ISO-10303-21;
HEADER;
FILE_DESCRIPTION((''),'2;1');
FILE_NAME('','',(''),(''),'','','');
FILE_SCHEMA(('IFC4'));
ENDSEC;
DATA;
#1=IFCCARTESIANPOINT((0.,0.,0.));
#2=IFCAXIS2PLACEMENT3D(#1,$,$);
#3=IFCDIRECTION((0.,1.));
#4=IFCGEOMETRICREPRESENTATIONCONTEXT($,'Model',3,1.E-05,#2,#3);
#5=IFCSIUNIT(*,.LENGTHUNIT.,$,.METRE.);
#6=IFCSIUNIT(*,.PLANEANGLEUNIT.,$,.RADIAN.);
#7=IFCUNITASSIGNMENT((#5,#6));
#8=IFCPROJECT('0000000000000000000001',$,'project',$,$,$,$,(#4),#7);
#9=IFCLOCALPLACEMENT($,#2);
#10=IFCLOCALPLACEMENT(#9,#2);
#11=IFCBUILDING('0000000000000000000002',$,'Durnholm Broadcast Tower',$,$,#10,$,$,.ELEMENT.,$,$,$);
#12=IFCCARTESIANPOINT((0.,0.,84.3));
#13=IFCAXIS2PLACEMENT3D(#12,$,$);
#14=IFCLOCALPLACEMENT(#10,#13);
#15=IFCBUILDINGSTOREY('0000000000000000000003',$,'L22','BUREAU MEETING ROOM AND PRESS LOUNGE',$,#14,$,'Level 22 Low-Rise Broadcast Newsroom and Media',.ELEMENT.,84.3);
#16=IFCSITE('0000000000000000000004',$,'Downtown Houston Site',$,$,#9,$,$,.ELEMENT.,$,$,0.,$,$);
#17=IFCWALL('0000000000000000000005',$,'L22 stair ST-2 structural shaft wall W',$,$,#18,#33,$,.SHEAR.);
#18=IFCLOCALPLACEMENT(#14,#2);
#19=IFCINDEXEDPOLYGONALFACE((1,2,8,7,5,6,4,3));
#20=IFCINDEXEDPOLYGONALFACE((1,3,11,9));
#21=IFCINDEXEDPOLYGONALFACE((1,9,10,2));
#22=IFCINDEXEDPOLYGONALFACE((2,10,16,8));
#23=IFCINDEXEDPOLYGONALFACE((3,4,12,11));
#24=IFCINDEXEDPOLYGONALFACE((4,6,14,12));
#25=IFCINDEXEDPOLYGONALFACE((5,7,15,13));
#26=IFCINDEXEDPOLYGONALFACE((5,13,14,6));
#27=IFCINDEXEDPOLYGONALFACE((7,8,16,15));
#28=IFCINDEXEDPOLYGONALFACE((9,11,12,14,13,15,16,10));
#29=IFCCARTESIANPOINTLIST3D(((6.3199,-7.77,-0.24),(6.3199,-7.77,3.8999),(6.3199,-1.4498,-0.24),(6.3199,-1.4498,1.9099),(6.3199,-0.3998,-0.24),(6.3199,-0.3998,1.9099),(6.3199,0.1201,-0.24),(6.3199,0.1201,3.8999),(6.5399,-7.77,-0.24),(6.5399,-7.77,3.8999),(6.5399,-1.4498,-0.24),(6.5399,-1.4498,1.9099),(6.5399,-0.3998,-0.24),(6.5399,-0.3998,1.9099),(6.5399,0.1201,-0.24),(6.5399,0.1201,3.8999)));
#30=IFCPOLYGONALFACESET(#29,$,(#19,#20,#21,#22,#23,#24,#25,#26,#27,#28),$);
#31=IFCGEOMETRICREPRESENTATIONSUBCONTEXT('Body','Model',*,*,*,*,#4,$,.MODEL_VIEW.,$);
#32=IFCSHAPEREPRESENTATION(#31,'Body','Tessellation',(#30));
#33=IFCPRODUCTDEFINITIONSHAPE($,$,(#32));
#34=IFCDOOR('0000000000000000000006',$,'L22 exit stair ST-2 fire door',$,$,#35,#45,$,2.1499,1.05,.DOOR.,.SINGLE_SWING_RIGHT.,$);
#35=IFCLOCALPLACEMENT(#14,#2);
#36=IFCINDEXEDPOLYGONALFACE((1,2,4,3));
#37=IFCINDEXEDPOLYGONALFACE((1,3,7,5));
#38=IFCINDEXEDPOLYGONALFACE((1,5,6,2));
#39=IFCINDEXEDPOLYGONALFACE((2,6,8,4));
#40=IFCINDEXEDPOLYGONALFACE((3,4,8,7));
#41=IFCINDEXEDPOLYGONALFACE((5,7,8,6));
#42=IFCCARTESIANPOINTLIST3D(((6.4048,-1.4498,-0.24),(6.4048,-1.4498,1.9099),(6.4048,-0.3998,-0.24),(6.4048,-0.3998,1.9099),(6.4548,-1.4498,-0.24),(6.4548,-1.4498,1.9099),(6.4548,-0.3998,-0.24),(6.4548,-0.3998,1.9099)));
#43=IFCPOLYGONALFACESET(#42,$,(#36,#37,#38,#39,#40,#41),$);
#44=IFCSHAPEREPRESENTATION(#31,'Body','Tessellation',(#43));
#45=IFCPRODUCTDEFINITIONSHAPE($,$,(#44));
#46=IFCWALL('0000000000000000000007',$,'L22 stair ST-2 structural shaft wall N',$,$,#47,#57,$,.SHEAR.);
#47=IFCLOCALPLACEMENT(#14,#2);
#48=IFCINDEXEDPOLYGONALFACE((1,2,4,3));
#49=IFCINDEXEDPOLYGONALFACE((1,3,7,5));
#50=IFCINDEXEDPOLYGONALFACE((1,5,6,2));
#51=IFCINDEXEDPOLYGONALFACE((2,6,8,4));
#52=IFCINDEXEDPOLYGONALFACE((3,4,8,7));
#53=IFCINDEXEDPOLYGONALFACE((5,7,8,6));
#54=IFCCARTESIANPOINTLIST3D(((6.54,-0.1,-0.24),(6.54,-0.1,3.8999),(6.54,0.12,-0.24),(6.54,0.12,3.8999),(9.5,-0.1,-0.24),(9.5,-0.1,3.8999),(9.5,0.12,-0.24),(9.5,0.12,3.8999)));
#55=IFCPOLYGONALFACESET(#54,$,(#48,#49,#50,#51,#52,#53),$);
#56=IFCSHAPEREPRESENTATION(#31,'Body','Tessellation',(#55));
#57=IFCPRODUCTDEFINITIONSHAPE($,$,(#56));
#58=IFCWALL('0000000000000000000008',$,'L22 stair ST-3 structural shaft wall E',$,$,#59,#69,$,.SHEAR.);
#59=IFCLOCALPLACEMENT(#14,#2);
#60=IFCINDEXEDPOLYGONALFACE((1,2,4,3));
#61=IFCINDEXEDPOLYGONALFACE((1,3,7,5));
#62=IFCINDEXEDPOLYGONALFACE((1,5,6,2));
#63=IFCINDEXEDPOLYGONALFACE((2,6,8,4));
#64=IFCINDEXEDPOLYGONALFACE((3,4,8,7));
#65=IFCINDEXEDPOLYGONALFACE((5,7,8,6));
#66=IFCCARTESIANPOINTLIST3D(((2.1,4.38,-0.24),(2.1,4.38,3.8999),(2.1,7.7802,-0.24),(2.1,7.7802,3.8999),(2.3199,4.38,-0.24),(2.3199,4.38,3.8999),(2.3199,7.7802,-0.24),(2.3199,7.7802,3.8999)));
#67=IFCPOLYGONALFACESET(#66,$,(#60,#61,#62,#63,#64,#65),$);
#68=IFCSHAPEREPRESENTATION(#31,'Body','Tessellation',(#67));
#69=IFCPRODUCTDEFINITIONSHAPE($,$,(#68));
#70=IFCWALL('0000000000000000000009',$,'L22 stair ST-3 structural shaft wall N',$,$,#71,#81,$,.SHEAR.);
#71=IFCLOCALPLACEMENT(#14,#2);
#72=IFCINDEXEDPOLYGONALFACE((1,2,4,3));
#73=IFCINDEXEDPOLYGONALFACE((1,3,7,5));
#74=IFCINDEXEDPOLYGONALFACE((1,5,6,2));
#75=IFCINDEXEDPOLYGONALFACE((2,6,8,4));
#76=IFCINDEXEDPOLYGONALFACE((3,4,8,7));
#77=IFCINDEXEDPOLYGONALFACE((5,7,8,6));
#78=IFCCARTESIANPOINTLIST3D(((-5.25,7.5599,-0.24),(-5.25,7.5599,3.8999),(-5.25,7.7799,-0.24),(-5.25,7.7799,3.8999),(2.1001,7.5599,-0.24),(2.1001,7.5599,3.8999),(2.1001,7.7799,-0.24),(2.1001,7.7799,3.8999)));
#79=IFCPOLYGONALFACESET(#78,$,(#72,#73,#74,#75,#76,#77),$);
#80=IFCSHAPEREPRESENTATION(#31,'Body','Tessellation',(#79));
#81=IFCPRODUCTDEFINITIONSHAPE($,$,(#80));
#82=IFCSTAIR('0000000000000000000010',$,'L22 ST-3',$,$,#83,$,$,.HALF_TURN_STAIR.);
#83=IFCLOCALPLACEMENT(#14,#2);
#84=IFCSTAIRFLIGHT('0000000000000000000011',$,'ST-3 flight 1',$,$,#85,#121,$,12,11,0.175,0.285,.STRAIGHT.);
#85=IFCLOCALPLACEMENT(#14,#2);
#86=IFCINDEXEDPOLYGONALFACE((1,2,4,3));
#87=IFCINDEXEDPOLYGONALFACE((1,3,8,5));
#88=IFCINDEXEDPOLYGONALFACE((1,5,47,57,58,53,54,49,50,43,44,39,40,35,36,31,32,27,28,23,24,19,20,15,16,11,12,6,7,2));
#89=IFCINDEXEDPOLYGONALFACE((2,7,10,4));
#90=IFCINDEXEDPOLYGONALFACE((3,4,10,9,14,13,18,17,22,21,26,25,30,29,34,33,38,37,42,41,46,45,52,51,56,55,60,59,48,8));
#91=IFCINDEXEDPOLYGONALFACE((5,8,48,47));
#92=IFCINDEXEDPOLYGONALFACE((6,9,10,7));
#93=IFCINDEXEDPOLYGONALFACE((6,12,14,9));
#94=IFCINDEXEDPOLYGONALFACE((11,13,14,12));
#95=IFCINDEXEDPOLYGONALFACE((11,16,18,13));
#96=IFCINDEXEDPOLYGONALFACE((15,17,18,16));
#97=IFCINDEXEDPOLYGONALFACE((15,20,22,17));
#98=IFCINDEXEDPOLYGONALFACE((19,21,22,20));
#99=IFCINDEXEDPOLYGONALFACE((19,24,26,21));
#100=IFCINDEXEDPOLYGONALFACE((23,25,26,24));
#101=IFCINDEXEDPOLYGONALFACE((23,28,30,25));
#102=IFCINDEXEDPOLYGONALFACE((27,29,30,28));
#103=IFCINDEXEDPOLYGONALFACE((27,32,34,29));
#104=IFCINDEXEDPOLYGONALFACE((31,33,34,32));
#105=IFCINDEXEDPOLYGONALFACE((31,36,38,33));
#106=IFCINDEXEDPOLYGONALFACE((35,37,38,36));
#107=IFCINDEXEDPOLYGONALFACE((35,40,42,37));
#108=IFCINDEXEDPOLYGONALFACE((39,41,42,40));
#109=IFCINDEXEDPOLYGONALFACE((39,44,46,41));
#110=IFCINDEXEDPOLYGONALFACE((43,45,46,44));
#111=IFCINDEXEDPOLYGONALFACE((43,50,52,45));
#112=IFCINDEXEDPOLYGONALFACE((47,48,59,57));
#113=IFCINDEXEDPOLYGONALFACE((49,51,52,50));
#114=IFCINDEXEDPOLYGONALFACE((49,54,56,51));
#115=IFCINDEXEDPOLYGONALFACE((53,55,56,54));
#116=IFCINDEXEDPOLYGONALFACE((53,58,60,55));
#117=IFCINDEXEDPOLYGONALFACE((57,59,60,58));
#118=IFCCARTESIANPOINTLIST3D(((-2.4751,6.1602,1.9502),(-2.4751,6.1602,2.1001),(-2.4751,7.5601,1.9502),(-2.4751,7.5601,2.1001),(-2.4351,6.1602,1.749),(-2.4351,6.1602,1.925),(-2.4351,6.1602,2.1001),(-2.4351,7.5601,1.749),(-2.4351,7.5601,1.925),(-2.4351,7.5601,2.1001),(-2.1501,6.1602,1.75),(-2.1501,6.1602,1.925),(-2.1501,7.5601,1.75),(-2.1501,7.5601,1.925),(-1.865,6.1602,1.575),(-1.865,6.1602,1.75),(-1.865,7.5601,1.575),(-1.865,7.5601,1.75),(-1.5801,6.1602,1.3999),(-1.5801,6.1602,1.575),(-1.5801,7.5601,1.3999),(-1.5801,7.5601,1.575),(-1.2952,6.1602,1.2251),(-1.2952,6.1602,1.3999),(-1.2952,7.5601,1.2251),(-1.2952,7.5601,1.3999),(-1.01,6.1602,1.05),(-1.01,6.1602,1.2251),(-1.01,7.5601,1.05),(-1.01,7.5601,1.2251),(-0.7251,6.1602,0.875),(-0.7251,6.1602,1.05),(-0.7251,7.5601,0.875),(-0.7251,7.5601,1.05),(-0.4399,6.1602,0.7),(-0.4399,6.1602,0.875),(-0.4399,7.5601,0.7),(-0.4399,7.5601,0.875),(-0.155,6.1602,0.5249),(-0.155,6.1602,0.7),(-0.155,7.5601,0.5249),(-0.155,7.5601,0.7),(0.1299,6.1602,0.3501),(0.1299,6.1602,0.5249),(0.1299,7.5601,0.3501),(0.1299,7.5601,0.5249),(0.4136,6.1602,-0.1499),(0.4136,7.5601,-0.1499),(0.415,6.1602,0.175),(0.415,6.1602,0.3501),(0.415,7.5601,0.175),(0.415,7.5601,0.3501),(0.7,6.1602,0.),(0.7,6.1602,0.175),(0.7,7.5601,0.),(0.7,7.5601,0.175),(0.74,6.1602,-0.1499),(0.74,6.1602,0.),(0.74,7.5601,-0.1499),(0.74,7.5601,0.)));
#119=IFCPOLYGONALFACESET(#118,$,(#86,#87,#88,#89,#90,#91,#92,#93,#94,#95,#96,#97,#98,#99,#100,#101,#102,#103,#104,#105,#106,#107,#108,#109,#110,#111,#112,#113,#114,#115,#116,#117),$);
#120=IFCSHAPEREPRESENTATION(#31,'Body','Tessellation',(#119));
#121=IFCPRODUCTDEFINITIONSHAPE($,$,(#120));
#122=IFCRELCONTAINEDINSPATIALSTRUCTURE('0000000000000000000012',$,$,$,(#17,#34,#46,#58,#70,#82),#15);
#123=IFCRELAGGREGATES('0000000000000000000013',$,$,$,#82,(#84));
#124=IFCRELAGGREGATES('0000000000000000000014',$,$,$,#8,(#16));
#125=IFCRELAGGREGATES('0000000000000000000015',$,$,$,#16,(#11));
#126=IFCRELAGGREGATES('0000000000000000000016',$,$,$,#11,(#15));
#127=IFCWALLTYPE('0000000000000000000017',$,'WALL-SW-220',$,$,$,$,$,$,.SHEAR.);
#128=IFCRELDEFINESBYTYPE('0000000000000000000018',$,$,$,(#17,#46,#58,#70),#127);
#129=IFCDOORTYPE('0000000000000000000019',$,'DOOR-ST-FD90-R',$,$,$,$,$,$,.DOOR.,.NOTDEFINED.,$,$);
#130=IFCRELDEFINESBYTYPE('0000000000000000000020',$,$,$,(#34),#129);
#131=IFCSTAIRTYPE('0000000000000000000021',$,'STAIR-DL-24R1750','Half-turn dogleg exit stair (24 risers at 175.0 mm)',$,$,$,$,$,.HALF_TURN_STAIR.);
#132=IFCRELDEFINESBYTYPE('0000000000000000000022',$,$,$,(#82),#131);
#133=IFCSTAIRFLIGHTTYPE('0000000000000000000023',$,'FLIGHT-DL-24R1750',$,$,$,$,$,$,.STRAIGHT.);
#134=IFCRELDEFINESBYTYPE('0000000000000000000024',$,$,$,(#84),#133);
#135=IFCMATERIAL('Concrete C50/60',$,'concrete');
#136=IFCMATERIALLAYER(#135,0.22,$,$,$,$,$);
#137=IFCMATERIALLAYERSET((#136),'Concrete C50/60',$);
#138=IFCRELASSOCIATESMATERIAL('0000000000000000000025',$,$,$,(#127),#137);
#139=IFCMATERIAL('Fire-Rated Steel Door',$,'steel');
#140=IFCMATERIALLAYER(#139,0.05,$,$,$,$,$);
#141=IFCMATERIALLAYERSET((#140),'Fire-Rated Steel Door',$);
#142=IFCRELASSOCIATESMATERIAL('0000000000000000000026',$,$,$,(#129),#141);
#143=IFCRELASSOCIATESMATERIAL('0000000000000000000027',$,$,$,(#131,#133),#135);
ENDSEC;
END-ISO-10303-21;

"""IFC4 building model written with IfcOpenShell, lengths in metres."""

from ifc_helpers import new_model, si_unit, direction, frame, frame_2d, origin, place, context, subcontext, project, spatial, polyline, rectangle, outline, extrude, source, transform, mapped, material, layer, layer_set, type_object, type_shapes, element, fill, aggregate, save


model = new_model("IFC4")

# Units and contexts
model_context = context("Model", 3, precision=1e-05, world=origin(), true_north=direction((0.0, 1.0)))
body_context = subcontext(model_context, "Body", "Model", "MODEL_VIEW")
ifc_project = project(units=[si_unit("LENGTHUNIT", "METRE"), si_unit("PLANEANGLEUNIT", "RADIAN")], contexts=[model_context])

# Site, building, storey
site_placement = place(None, origin())
site = spatial("IfcSite", under=ifc_project, at=site_placement, Name="Downtown Houston Site", CompositionType="ELEMENT", RefElevation=0.0)
building_placement = place(site_placement, origin())
building = spatial("IfcBuilding", under=site, at=building_placement, Name="Durnholm Broadcast Tower", CompositionType="ELEMENT")
storey_placement = place(building_placement, frame((0.0, 0.0, 84.3)))
storey = spatial("IfcBuildingStorey", under=building, at=storey_placement, Name="L22", Description="BUREAU MEETING ROOM AND PRESS LOUNGE", LongName="Level 22 Low-Rise Broadcast Newsroom and Media", CompositionType="ELEMENT", Elevation=84.3)

# Wall, opening, door
ifc_material_1 = material(Name="Concrete C50/60", Category="concrete")
ifc_layer_1 = layer(ifc_material_1, 0.22)
ifc_layer_set_1 = layer_set([ifc_layer_1], Name="Concrete C50/60")
wall_type_1 = type_object("IfcWallType", Name="WALL-SW-220", PredefinedType="SHEAR", material=ifc_layer_set_1)
wall_1_placement = place(storey_placement, frame((6.4299, 0.1201, -0.24), z_axis=(0.0, 0.0, 1.0), x_axis=(0.0, -1.0, 0.0)))
wall_1 = element("IfcWall", 1, at=wall_1_placement, inside=storey, type_object=wall_type_1, Name="L22 stair ST-2 structural shaft wall W", PredefinedType="SHEAR", context=body_context, shape_type="SweptSolid", body=[
    extrude(rectangle(XDim=7.8901, YDim=0.22, at=frame_2d((3.9451, 0.0))), origin(), (0.0, 0.0, 1.0), 4.1399),
])
opening_1_placement = place(wall_1_placement, frame((0.52, 0.0, 0.0)))
opening_1 = element("IfcOpeningElement", 2, at=opening_1_placement, cuts=wall_1, PredefinedType="OPENING", context=body_context, shape_type="SweptSolid", body=[
    extrude(rectangle(XDim=1.05, YDim=2.1499, at=frame_2d((0.5249, 1.075))), frame((0.0, 0.1201, 0.0), z_axis=(0.0, -1.0, 0.0), x_axis=(1.0, 0.0, 0.0)), (0.0, 0.0, 1.0), 0.24),
])
ifc_material_2 = material(Name="Fire-Rated Steel Door", Category="steel")
ifc_layer_2 = layer(ifc_material_2, 0.05)
ifc_layer_set_2 = layer_set([ifc_layer_2], Name="Fire-Rated Steel Door")
door_type_1 = type_object("IfcDoorType", Name="DOOR-ST-FD90-R", OperationType="NOTDEFINED", PredefinedType="DOOR", material=ifc_layer_set_2)
shared_shape_1 = source(origin(), body_context, "Body", "SweptSolid", [
    extrude(rectangle(XDim=1.05, YDim=2.1499, at=frame_2d((0.5249, 1.075))), frame((0.0, 0.0249, 0.0), z_axis=(0.0, -1.0, 0.0), x_axis=(1.0, 0.0, 0.0)), (0.0, 0.0, 1.0), 0.05),
])
type_shapes(door_type_1, [shared_shape_1])
door_1_placement = place(opening_1_placement, origin())
door_1 = element("IfcDoor", 3, at=door_1_placement, inside=storey, type_object=door_type_1, Name="L22 exit stair ST-2 fire door", OperationType="SINGLE_SWING_RIGHT", OverallHeight=2.1499, OverallWidth=1.05, PredefinedType="DOOR", context=body_context, shape_type="MappedRepresentation", body=[
    mapped(shared_shape_1, transform((0.0, 0.0, 0.0), x_axis=(1.0, 0.0, 0.0), y_axis=(0.0, 1.0, 0.0), z_axis=(0.0, 0.0, 1.0), scale=1.0)),
])
fill(opening_1, door_1)

# Walls
wall_2_placement = place(storey_placement, frame((9.5, 0.01, -0.24), z_axis=(0.0, 0.0, 1.0), x_axis=(-1.0, 0.0, 0.0)))
element("IfcWall", 4, at=wall_2_placement, inside=storey, type_object=wall_type_1, Name="L22 stair ST-2 structural shaft wall N", PredefinedType="SHEAR", context=body_context, shape_type="SweptSolid", body=[
    extrude(rectangle(XDim=2.96, YDim=0.22, at=frame_2d((1.48, 0.0))), origin(), (0.0, 0.0, 1.0), 4.1399),
])
wall_3_placement = place(storey_placement, frame((2.21, 4.3799, -0.24), z_axis=(0.0, 0.0, 1.0), x_axis=(0.0, 1.0, 0.0)))
element("IfcWall", 5, at=wall_3_placement, inside=storey, type_object=wall_type_1, Name="L22 stair ST-3 structural shaft wall E", PredefinedType="SHEAR", context=body_context, shape_type="SweptSolid", body=[
    extrude(rectangle(XDim=3.4001, YDim=0.22, at=frame_2d((1.7002, 0.0))), origin(), (0.0, 0.0, 1.0), 4.1399),
])
wall_4_placement = place(storey_placement, frame((2.1001, 7.6699, -0.24), z_axis=(0.0, 0.0, 1.0), x_axis=(-1.0, 0.0, 0.0)))
element("IfcWall", 6, at=wall_4_placement, inside=storey, type_object=wall_type_1, Name="L22 stair ST-3 structural shaft wall N", PredefinedType="SHEAR", context=body_context, shape_type="SweptSolid", body=[
    extrude(rectangle(XDim=7.3501, YDim=0.22, at=frame_2d((3.675, 0.0))), origin(), (0.0, 0.0, 1.0), 4.1399),
])

# Stair, stair flight
stair_type = type_object("IfcStairType", Name="STAIR-DL-24R1750", Description="Half-turn dogleg exit stair (24 risers at 175.0 mm)", PredefinedType="HALF_TURN_STAIR", material=ifc_material_1)
stair_placement = place(storey_placement, origin())
stair = element("IfcStair", 7, at=stair_placement, inside=storey, type_object=stair_type, Name="L22 ST-3", PredefinedType="HALF_TURN_STAIR")
stair_flight_type = type_object("IfcStairFlightType", Name="FLIGHT-DL-24R1750", PredefinedType="STRAIGHT", material=ifc_material_1)
stair_flight_placement = place(storey_placement, frame((0.7, 6.8601, 0.0), z_axis=(0.0, 0.0, 1.0), x_axis=(-1.0, 0.0, 0.0)))
stair_flight = element("IfcStairFlight", 8, at=stair_flight_placement, type_object=stair_flight_type, Name="ST-3 flight 1", NumberOfRisers=12, NumberOfTreads=11, PredefinedType="STRAIGHT", RiserHeight=0.175, TreadLength=0.285, context=body_context, shape_type="SweptSolid", body=[
    extrude(outline(polyline([(-0.04, -0.1499), (-0.04, 0.0), (0.0, 0.0), (0.0, 0.175), (0.2849, 0.175), (0.2849, 0.3501), (0.5701, 0.3501), (0.5701, 0.5249), (0.855, 0.5249), (0.855, 0.7), (1.1399, 0.7), (1.1399, 0.875), (1.425, 0.875), (1.425, 1.05), (1.71, 1.05), (1.71, 1.2251), (1.9951, 1.2251), (1.9951, 1.3999), (2.28, 1.3999), (2.28, 1.575), (2.5649, 1.575), (2.5649, 1.75), (2.8501, 1.75), (2.8501, 1.925), (3.135, 1.925), (3.135, 2.1001), (3.175, 2.1001), (3.175, 1.9502), (3.135, 1.749), (0.2864, -0.1499), (-0.04, -0.1499)])), frame((0.0, 0.7, 0.0), z_axis=(0.0, -1.0, 0.0), x_axis=(1.0, 0.0, 0.0)), (0.0, 0.0, 1.0), 1.3999),
])
aggregate(stair, [stair_flight])

save(model, "model.ifc")
